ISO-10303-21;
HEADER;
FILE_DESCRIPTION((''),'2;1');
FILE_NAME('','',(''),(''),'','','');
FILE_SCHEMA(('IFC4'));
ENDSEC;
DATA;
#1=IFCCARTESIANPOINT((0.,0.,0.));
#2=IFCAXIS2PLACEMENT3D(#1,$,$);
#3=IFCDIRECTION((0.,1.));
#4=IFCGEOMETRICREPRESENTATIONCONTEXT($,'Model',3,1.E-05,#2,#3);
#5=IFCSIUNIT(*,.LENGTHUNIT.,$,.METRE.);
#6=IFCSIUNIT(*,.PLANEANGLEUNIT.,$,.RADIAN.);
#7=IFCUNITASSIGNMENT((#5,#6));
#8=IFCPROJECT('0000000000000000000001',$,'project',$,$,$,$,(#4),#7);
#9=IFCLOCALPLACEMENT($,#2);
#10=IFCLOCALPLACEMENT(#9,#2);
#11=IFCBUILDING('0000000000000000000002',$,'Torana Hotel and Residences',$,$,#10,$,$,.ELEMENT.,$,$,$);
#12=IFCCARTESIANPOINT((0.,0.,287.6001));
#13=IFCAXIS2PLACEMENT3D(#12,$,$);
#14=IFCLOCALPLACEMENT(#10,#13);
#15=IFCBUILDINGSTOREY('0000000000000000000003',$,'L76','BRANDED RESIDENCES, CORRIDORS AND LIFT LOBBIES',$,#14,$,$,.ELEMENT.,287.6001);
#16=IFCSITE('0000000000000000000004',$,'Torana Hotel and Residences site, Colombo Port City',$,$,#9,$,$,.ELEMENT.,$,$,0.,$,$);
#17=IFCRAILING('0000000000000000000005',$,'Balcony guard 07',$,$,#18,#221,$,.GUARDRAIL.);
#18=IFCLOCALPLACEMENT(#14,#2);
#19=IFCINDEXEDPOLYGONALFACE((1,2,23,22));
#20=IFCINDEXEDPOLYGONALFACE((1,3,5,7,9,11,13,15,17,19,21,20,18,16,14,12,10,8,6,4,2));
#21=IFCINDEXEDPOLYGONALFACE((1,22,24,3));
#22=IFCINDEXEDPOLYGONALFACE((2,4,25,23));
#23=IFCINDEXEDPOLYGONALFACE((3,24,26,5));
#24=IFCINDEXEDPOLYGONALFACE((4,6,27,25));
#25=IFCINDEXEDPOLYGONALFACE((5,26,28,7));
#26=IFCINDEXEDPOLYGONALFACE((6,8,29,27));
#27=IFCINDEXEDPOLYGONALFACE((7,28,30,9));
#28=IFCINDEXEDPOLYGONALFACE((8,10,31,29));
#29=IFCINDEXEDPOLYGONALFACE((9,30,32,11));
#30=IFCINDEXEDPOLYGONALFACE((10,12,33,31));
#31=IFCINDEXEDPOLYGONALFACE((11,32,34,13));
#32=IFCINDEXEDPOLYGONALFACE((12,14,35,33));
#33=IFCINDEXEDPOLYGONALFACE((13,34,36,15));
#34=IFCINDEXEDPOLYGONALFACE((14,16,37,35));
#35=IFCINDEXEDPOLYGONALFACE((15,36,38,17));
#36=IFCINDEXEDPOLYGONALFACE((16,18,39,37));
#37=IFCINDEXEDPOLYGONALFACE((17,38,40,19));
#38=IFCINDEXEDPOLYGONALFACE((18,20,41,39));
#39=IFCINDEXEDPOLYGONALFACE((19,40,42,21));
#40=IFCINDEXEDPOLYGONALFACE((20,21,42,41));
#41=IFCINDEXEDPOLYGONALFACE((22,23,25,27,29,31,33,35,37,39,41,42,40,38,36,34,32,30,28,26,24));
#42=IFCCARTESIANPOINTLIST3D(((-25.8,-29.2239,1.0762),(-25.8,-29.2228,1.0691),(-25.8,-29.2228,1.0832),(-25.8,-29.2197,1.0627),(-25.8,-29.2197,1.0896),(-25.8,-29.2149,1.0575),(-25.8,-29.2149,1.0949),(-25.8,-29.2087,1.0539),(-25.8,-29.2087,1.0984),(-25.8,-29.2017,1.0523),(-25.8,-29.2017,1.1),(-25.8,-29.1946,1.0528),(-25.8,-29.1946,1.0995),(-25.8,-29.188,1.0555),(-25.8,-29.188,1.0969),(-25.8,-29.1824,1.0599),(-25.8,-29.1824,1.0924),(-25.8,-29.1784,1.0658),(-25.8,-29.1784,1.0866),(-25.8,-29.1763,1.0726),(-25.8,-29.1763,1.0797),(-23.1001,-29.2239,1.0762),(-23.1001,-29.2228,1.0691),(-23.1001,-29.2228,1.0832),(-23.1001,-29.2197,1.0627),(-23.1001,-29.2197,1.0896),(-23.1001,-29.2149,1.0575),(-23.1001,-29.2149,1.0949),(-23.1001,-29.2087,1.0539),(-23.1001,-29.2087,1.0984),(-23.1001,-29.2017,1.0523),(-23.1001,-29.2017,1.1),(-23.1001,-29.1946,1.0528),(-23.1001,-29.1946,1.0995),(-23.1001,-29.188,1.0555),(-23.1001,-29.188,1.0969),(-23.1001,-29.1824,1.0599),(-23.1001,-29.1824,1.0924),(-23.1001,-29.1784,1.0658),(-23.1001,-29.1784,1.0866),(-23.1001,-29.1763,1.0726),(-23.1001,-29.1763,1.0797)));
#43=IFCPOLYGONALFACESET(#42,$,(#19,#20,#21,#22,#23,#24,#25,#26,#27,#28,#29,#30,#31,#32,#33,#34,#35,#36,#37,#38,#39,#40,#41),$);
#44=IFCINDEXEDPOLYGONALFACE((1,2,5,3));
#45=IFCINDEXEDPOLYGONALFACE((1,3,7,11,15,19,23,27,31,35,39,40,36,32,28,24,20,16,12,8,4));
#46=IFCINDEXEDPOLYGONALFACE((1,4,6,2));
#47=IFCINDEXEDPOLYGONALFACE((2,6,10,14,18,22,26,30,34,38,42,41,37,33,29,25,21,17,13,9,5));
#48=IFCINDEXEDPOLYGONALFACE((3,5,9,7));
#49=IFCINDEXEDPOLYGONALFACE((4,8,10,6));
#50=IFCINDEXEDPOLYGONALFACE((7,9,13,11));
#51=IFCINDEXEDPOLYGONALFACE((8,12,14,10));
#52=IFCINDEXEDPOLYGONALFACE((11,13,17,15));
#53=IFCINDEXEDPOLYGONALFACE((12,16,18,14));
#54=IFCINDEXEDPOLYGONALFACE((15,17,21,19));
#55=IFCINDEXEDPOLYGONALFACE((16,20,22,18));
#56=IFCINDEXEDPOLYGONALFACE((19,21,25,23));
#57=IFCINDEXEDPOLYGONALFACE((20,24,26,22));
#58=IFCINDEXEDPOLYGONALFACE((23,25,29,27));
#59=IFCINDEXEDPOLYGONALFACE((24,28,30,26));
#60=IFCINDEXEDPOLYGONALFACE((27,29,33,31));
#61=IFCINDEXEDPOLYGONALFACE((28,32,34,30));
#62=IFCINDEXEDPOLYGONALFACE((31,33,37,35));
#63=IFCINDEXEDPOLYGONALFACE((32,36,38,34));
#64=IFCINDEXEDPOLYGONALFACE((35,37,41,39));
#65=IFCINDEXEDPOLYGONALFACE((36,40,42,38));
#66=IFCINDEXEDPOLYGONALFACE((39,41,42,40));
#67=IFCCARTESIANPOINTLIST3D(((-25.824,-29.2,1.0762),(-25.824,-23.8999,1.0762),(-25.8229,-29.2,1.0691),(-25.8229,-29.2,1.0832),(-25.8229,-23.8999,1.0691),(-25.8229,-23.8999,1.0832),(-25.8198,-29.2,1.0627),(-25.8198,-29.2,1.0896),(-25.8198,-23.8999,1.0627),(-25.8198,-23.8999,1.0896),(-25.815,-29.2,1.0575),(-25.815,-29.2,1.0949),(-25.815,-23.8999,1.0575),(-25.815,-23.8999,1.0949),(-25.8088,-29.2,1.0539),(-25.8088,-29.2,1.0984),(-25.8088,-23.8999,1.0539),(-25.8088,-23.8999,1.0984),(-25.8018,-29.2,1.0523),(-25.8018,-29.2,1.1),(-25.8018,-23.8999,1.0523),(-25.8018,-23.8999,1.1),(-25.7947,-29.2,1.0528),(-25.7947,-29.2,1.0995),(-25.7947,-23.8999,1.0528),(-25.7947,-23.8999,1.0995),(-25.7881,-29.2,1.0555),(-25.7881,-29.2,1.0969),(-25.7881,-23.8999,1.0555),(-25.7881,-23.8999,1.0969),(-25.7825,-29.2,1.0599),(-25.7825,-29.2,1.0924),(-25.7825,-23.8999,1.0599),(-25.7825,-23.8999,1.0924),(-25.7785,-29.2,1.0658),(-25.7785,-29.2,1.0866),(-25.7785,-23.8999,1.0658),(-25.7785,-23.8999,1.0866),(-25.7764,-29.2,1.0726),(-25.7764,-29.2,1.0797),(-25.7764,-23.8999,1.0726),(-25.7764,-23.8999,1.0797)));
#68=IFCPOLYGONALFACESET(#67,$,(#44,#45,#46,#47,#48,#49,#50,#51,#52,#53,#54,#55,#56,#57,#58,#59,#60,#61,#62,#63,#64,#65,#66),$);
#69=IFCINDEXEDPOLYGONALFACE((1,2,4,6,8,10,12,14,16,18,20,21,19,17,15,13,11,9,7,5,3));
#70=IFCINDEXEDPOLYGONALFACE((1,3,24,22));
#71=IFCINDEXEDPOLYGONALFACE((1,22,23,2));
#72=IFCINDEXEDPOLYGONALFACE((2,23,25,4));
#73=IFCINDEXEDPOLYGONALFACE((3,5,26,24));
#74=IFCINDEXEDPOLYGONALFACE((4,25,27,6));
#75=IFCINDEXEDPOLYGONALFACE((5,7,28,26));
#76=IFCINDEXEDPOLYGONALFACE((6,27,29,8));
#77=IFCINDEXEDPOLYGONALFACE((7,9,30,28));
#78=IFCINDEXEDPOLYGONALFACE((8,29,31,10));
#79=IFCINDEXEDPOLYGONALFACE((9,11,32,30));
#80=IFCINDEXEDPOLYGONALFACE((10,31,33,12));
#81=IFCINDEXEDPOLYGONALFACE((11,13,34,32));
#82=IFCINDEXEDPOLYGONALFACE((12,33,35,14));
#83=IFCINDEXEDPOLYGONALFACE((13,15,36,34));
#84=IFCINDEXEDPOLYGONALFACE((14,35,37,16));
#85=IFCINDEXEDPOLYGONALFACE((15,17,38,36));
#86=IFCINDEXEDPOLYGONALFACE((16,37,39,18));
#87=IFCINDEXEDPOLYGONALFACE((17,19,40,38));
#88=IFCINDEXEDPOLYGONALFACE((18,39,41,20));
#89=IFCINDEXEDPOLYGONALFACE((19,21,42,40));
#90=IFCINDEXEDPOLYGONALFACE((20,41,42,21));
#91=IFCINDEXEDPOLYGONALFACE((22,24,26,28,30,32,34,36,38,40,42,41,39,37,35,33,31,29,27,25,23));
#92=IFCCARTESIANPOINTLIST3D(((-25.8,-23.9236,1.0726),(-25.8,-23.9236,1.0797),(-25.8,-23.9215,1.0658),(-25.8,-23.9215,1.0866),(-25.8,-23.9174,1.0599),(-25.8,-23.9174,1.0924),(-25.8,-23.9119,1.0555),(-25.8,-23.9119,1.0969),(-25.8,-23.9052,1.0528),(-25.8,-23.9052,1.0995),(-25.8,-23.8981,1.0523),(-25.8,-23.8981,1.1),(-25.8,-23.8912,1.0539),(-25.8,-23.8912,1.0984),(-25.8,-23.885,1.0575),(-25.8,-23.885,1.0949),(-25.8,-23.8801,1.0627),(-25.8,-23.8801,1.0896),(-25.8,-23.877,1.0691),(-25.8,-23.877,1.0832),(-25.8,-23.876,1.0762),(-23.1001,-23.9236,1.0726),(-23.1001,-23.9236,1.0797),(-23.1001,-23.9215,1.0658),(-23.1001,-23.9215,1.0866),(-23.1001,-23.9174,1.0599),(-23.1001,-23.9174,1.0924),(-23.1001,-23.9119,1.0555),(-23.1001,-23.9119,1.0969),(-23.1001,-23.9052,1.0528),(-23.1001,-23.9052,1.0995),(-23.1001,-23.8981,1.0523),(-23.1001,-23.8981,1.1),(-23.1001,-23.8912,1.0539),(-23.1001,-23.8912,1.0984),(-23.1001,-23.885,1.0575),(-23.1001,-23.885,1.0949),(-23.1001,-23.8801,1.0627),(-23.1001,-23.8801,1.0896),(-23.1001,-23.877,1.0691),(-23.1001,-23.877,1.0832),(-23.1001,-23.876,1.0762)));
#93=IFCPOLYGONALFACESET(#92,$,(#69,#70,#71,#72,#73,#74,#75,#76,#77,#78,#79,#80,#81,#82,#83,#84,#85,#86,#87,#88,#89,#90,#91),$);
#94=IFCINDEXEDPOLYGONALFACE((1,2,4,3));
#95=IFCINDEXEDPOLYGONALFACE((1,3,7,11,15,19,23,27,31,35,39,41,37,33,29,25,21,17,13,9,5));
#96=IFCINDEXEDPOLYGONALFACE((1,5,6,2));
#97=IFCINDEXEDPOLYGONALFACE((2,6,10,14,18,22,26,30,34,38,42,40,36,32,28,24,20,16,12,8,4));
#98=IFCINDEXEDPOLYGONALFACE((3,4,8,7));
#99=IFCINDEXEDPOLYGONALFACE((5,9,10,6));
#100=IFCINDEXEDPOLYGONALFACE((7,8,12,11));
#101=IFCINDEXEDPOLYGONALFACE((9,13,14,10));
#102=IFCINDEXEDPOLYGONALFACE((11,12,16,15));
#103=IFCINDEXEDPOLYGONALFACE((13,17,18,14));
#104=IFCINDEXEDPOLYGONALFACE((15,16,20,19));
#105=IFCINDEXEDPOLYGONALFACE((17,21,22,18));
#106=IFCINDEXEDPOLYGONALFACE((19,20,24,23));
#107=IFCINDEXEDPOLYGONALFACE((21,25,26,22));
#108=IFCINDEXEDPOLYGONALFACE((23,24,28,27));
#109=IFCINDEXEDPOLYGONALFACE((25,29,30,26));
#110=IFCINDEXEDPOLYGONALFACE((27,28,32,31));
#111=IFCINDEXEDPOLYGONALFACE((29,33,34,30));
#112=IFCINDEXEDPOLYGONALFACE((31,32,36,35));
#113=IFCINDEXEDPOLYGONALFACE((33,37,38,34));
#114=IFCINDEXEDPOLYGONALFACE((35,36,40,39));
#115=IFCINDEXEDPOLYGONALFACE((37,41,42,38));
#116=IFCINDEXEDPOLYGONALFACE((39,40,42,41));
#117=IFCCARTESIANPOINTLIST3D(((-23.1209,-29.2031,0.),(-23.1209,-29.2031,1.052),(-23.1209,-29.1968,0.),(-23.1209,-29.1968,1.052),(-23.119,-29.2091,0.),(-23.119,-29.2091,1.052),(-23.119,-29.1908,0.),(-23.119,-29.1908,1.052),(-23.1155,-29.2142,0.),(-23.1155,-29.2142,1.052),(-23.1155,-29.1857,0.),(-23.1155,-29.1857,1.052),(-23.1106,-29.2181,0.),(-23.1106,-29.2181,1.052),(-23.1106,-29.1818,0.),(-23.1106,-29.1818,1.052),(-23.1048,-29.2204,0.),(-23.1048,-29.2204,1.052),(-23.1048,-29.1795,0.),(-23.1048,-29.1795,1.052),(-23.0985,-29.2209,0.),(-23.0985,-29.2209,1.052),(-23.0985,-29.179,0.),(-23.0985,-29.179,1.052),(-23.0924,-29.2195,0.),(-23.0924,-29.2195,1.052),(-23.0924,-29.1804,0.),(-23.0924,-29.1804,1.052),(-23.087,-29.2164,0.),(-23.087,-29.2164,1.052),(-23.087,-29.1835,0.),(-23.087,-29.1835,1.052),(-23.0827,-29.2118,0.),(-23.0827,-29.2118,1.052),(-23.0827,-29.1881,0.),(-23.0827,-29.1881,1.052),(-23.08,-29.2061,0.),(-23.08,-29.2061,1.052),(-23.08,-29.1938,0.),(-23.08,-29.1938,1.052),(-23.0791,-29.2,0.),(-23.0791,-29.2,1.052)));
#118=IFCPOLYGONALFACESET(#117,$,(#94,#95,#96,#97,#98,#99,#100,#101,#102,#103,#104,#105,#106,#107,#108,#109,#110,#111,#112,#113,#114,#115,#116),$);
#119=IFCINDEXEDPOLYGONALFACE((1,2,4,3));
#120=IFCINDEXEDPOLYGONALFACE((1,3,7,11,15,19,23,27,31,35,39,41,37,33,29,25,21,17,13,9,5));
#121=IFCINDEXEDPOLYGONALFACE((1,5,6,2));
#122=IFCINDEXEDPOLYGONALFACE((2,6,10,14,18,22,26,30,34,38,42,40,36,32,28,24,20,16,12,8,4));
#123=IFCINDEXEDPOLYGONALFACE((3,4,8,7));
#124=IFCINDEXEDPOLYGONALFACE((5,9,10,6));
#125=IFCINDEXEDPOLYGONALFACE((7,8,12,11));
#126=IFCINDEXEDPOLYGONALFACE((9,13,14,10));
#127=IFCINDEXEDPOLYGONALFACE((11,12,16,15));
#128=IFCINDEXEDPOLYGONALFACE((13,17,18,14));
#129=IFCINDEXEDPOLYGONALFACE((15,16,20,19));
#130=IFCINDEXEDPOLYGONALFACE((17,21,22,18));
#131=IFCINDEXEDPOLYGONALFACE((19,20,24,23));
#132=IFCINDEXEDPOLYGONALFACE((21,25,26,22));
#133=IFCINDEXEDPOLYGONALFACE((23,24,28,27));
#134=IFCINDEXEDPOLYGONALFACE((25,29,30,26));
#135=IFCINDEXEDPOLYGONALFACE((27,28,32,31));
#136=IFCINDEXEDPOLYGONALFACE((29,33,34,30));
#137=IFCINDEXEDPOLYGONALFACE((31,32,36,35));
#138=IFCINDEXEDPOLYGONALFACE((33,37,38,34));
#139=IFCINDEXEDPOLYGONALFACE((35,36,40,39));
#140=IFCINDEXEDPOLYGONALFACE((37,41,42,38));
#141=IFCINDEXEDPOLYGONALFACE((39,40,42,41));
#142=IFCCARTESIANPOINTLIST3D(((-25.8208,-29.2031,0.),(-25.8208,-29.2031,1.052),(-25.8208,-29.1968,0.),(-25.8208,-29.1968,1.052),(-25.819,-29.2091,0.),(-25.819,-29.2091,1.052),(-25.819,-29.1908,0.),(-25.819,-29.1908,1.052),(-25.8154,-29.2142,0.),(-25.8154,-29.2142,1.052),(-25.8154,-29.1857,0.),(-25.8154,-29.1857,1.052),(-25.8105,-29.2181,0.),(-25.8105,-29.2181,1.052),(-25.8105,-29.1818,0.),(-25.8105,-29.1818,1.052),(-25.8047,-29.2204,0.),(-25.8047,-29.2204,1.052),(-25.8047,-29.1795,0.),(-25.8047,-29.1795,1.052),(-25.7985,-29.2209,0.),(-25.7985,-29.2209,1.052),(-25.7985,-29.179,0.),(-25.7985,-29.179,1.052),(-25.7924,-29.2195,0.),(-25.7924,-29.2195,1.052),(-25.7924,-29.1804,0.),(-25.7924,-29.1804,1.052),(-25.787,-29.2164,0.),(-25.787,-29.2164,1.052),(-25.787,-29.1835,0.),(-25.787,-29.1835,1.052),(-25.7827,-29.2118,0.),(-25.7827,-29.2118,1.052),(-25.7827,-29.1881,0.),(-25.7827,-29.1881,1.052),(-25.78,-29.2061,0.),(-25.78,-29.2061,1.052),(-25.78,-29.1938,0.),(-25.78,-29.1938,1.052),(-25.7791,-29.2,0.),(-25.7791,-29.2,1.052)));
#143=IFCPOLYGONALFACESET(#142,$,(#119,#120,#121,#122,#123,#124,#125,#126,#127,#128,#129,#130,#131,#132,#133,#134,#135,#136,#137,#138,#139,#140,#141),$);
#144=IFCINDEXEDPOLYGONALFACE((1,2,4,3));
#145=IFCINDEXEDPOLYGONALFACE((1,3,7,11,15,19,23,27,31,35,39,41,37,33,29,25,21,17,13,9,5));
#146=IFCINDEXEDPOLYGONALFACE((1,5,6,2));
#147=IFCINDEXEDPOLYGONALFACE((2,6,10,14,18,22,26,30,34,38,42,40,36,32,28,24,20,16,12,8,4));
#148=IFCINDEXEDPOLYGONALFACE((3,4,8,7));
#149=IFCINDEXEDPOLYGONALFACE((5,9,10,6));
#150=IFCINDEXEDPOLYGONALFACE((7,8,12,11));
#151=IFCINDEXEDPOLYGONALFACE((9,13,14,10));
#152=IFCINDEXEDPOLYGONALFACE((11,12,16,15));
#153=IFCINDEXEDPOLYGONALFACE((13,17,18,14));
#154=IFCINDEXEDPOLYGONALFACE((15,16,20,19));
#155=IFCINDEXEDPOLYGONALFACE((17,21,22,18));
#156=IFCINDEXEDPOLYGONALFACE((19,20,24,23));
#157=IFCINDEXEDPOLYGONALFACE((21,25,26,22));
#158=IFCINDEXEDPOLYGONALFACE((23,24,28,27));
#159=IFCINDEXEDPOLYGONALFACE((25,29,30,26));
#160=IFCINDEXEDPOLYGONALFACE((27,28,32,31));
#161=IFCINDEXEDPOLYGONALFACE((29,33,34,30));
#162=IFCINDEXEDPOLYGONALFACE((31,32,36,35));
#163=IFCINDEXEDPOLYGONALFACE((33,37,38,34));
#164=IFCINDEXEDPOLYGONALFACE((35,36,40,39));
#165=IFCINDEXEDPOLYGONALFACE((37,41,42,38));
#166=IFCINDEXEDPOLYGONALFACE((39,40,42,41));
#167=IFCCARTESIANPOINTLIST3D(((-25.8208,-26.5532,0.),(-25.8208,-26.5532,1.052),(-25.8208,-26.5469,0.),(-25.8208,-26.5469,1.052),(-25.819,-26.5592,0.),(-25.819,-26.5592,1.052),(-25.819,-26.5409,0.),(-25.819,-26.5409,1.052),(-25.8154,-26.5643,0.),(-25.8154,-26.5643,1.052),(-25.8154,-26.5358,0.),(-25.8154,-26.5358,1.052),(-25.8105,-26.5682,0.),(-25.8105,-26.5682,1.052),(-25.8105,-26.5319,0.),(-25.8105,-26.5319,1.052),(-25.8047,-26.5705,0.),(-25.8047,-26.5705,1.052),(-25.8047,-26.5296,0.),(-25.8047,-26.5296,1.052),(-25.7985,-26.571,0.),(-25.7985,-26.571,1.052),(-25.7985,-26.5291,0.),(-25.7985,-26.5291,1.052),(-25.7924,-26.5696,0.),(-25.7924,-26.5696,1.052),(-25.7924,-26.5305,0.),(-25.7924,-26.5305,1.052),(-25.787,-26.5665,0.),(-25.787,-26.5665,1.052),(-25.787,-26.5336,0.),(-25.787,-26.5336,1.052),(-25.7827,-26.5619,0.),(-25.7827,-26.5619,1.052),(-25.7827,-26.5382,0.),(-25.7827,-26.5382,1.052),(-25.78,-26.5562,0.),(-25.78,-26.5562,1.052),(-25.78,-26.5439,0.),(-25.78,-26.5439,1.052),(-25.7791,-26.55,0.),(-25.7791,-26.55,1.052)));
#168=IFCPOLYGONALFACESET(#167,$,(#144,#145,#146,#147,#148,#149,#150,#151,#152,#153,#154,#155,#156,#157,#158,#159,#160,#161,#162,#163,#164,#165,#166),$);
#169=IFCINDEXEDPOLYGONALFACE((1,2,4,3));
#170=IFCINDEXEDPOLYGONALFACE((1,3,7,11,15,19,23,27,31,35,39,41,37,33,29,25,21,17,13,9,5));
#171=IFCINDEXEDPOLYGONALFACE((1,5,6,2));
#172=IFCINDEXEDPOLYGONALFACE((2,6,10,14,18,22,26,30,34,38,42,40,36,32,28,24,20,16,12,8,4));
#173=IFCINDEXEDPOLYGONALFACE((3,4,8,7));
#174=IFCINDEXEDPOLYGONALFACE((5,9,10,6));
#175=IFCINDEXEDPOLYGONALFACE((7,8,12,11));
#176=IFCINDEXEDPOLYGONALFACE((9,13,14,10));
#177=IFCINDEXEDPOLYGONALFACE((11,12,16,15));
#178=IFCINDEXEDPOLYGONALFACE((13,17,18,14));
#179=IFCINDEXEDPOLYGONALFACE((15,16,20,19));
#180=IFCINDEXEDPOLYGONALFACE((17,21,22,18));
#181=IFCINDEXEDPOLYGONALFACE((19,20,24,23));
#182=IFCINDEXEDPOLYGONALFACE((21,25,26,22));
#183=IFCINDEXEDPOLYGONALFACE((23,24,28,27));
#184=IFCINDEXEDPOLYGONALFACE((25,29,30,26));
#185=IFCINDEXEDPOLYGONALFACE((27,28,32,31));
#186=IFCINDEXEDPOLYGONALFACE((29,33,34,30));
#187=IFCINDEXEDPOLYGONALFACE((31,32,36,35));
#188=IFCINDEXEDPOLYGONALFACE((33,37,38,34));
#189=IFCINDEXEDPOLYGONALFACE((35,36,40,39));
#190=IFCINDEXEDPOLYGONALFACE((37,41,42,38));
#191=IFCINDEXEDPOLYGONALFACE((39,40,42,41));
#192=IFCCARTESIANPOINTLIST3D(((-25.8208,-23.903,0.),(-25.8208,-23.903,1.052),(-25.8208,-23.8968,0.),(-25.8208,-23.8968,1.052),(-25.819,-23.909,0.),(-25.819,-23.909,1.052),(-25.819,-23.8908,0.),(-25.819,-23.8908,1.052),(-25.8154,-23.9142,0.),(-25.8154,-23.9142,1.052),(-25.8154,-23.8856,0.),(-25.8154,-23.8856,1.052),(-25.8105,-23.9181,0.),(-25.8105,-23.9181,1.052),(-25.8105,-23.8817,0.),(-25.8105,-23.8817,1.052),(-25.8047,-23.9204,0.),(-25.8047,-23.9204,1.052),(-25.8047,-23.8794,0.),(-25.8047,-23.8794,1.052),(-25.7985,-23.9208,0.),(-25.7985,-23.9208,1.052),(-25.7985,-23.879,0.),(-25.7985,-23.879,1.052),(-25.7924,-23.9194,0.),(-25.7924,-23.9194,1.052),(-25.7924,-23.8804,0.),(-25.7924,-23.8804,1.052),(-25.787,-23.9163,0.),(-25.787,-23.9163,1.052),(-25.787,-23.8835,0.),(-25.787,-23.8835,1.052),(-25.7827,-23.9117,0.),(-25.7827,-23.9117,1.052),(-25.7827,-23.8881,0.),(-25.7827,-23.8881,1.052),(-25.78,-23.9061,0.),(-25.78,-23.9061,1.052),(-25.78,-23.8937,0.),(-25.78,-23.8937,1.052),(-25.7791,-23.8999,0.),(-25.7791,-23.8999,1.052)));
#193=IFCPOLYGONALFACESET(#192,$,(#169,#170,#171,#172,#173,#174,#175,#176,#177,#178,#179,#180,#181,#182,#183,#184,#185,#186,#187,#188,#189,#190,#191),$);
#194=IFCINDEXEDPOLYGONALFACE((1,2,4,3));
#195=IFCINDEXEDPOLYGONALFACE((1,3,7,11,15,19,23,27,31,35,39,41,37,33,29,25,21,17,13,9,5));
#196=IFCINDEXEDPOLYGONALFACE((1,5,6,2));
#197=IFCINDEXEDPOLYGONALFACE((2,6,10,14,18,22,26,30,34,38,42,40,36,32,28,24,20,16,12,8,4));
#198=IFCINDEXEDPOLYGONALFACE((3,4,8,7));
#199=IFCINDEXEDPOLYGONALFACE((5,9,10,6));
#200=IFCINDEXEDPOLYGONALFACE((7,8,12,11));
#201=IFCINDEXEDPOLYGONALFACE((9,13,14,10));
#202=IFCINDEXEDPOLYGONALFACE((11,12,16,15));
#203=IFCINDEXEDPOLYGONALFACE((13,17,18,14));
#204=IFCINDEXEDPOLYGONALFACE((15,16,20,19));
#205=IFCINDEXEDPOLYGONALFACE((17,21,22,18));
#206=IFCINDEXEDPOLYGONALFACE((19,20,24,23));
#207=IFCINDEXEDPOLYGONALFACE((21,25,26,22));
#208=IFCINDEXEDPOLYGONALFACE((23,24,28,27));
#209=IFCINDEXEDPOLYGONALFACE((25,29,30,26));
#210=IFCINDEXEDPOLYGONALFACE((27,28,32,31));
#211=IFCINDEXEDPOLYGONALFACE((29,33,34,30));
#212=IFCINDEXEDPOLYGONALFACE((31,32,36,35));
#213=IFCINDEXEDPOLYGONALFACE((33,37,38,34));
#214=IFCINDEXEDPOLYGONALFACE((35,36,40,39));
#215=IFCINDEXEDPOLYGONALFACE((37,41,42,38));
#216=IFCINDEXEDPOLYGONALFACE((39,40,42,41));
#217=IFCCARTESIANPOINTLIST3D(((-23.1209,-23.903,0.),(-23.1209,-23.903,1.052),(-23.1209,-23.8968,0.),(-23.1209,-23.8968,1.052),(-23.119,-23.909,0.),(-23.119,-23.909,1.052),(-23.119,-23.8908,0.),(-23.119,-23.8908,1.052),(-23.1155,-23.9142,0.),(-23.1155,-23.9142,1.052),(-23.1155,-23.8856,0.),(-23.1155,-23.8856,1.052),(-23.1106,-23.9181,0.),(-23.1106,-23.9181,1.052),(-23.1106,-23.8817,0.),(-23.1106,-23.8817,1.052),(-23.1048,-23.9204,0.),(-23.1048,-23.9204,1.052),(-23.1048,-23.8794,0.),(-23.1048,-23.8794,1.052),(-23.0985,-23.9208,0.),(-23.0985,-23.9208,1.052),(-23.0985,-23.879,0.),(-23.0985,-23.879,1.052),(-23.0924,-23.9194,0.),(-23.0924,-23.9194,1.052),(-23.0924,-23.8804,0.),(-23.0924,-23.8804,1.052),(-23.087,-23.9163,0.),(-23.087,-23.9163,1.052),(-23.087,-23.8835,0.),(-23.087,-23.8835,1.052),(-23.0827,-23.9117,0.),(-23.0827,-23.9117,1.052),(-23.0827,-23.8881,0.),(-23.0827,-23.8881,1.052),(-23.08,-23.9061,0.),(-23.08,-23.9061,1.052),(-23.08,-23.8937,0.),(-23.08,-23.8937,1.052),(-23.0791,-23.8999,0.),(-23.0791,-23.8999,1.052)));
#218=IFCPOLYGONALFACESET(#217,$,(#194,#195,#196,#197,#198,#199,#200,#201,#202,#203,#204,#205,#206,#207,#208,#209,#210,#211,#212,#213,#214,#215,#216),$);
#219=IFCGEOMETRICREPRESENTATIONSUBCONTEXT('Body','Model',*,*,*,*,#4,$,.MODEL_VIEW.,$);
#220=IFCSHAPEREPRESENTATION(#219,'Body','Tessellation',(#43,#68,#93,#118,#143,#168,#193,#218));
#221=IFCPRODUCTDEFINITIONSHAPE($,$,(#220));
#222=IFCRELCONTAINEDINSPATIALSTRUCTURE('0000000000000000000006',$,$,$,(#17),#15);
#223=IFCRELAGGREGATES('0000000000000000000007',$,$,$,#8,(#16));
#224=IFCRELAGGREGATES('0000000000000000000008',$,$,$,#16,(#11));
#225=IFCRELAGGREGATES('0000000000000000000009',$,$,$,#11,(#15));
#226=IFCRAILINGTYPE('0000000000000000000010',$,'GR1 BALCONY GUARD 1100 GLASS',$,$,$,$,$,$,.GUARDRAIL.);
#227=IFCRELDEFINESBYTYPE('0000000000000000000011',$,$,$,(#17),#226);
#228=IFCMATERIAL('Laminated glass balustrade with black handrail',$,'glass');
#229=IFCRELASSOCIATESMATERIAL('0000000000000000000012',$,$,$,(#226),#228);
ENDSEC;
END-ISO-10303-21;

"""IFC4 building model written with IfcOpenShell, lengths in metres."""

from ifc_helpers import new_model, si_unit, direction, frame, origin, origin_2d, place, context, subcontext, project, spatial, circle, extrude, material, type_object, element, save


model = new_model("IFC4")

# Units and contexts
model_context = context("Model", 3, precision=1e-05, world=origin(), true_north=direction((0.0, 1.0)))
body_context = subcontext(model_context, "Body", "Model", "MODEL_VIEW")
ifc_project = project(units=[si_unit("LENGTHUNIT", "METRE"), si_unit("PLANEANGLEUNIT", "RADIAN")], contexts=[model_context])

# Site, building, storey
site_placement = place(None, origin())
site = spatial("IfcSite", under=ifc_project, at=site_placement, Name="Torana Hotel and Residences site, Colombo Port City", CompositionType="ELEMENT", RefElevation=0.0)
building_placement = place(site_placement, origin())
building = spatial("IfcBuilding", under=site, at=building_placement, Name="Torana Hotel and Residences", CompositionType="ELEMENT")
storey_placement = place(building_placement, frame((0.0, 0.0, 287.6001)))
storey = spatial("IfcBuildingStorey", under=building, at=storey_placement, Name="L76", Description="BRANDED RESIDENCES, CORRIDORS AND LIFT LOBBIES", CompositionType="ELEMENT", Elevation=287.6001)

# Railing
ifc_material_1 = material(Name="Laminated glass balustrade with black handrail", Category="glass")
railing_type = type_object("IfcRailingType", Name="GR1 BALCONY GUARD 1100 GLASS", PredefinedType="GUARDRAIL", material=ifc_material_1)
railing_placement = place(storey_placement, frame((-23.1001, -29.2, 0.0)))
element("IfcRailing", 1, at=railing_placement, inside=storey, type_object=railing_type, Name="Balcony guard 07", PredefinedType="GUARDRAIL", context=body_context, shape_type="SweptSolid", body=[
    extrude(circle(Radius=0.0239, at=origin_2d()), frame((0.0, 0.0, 1.0762), z_axis=(-1.0, 0.0, 0.0), x_axis=(0.0, -1.0, 0.0)), (0.0, 0.0, 1.0), 2.7),
    extrude(circle(Radius=0.0239, at=origin_2d()), frame((-2.7, 0.0, 1.0762), z_axis=(0.0, 1.0, 0.0), x_axis=(-1.0, 0.0, 0.0)), (0.0, 0.0, 1.0), 5.3),
    extrude(circle(Radius=0.0239, at=origin_2d()), frame((-2.7, 5.3, 1.0762), z_axis=(1.0, 0.0, 0.0), x_axis=(0.0, 1.0, 0.0)), (0.0, 0.0, 1.0), 2.7),
    extrude(circle(Radius=0.021, at=origin_2d()), origin(), (0.0, 0.0, 1.0), 1.052),
    extrude(circle(Radius=0.021, at=origin_2d()), frame((-2.7, 0.0, 0.0)), (0.0, 0.0, 1.0), 1.052),
    extrude(circle(Radius=0.021, at=origin_2d()), frame((-2.7, 2.6499, 0.0)), (0.0, 0.0, 1.0), 1.052),
    extrude(circle(Radius=0.021, at=origin_2d()), frame((-2.7, 5.3, 0.0)), (0.0, 0.0, 1.0), 1.052),
    extrude(circle(Radius=0.021, at=origin_2d()), frame((0.0, 5.3, 0.0)), (0.0, 0.0, 1.0), 1.052),
])

save(model, "model.ifc")
